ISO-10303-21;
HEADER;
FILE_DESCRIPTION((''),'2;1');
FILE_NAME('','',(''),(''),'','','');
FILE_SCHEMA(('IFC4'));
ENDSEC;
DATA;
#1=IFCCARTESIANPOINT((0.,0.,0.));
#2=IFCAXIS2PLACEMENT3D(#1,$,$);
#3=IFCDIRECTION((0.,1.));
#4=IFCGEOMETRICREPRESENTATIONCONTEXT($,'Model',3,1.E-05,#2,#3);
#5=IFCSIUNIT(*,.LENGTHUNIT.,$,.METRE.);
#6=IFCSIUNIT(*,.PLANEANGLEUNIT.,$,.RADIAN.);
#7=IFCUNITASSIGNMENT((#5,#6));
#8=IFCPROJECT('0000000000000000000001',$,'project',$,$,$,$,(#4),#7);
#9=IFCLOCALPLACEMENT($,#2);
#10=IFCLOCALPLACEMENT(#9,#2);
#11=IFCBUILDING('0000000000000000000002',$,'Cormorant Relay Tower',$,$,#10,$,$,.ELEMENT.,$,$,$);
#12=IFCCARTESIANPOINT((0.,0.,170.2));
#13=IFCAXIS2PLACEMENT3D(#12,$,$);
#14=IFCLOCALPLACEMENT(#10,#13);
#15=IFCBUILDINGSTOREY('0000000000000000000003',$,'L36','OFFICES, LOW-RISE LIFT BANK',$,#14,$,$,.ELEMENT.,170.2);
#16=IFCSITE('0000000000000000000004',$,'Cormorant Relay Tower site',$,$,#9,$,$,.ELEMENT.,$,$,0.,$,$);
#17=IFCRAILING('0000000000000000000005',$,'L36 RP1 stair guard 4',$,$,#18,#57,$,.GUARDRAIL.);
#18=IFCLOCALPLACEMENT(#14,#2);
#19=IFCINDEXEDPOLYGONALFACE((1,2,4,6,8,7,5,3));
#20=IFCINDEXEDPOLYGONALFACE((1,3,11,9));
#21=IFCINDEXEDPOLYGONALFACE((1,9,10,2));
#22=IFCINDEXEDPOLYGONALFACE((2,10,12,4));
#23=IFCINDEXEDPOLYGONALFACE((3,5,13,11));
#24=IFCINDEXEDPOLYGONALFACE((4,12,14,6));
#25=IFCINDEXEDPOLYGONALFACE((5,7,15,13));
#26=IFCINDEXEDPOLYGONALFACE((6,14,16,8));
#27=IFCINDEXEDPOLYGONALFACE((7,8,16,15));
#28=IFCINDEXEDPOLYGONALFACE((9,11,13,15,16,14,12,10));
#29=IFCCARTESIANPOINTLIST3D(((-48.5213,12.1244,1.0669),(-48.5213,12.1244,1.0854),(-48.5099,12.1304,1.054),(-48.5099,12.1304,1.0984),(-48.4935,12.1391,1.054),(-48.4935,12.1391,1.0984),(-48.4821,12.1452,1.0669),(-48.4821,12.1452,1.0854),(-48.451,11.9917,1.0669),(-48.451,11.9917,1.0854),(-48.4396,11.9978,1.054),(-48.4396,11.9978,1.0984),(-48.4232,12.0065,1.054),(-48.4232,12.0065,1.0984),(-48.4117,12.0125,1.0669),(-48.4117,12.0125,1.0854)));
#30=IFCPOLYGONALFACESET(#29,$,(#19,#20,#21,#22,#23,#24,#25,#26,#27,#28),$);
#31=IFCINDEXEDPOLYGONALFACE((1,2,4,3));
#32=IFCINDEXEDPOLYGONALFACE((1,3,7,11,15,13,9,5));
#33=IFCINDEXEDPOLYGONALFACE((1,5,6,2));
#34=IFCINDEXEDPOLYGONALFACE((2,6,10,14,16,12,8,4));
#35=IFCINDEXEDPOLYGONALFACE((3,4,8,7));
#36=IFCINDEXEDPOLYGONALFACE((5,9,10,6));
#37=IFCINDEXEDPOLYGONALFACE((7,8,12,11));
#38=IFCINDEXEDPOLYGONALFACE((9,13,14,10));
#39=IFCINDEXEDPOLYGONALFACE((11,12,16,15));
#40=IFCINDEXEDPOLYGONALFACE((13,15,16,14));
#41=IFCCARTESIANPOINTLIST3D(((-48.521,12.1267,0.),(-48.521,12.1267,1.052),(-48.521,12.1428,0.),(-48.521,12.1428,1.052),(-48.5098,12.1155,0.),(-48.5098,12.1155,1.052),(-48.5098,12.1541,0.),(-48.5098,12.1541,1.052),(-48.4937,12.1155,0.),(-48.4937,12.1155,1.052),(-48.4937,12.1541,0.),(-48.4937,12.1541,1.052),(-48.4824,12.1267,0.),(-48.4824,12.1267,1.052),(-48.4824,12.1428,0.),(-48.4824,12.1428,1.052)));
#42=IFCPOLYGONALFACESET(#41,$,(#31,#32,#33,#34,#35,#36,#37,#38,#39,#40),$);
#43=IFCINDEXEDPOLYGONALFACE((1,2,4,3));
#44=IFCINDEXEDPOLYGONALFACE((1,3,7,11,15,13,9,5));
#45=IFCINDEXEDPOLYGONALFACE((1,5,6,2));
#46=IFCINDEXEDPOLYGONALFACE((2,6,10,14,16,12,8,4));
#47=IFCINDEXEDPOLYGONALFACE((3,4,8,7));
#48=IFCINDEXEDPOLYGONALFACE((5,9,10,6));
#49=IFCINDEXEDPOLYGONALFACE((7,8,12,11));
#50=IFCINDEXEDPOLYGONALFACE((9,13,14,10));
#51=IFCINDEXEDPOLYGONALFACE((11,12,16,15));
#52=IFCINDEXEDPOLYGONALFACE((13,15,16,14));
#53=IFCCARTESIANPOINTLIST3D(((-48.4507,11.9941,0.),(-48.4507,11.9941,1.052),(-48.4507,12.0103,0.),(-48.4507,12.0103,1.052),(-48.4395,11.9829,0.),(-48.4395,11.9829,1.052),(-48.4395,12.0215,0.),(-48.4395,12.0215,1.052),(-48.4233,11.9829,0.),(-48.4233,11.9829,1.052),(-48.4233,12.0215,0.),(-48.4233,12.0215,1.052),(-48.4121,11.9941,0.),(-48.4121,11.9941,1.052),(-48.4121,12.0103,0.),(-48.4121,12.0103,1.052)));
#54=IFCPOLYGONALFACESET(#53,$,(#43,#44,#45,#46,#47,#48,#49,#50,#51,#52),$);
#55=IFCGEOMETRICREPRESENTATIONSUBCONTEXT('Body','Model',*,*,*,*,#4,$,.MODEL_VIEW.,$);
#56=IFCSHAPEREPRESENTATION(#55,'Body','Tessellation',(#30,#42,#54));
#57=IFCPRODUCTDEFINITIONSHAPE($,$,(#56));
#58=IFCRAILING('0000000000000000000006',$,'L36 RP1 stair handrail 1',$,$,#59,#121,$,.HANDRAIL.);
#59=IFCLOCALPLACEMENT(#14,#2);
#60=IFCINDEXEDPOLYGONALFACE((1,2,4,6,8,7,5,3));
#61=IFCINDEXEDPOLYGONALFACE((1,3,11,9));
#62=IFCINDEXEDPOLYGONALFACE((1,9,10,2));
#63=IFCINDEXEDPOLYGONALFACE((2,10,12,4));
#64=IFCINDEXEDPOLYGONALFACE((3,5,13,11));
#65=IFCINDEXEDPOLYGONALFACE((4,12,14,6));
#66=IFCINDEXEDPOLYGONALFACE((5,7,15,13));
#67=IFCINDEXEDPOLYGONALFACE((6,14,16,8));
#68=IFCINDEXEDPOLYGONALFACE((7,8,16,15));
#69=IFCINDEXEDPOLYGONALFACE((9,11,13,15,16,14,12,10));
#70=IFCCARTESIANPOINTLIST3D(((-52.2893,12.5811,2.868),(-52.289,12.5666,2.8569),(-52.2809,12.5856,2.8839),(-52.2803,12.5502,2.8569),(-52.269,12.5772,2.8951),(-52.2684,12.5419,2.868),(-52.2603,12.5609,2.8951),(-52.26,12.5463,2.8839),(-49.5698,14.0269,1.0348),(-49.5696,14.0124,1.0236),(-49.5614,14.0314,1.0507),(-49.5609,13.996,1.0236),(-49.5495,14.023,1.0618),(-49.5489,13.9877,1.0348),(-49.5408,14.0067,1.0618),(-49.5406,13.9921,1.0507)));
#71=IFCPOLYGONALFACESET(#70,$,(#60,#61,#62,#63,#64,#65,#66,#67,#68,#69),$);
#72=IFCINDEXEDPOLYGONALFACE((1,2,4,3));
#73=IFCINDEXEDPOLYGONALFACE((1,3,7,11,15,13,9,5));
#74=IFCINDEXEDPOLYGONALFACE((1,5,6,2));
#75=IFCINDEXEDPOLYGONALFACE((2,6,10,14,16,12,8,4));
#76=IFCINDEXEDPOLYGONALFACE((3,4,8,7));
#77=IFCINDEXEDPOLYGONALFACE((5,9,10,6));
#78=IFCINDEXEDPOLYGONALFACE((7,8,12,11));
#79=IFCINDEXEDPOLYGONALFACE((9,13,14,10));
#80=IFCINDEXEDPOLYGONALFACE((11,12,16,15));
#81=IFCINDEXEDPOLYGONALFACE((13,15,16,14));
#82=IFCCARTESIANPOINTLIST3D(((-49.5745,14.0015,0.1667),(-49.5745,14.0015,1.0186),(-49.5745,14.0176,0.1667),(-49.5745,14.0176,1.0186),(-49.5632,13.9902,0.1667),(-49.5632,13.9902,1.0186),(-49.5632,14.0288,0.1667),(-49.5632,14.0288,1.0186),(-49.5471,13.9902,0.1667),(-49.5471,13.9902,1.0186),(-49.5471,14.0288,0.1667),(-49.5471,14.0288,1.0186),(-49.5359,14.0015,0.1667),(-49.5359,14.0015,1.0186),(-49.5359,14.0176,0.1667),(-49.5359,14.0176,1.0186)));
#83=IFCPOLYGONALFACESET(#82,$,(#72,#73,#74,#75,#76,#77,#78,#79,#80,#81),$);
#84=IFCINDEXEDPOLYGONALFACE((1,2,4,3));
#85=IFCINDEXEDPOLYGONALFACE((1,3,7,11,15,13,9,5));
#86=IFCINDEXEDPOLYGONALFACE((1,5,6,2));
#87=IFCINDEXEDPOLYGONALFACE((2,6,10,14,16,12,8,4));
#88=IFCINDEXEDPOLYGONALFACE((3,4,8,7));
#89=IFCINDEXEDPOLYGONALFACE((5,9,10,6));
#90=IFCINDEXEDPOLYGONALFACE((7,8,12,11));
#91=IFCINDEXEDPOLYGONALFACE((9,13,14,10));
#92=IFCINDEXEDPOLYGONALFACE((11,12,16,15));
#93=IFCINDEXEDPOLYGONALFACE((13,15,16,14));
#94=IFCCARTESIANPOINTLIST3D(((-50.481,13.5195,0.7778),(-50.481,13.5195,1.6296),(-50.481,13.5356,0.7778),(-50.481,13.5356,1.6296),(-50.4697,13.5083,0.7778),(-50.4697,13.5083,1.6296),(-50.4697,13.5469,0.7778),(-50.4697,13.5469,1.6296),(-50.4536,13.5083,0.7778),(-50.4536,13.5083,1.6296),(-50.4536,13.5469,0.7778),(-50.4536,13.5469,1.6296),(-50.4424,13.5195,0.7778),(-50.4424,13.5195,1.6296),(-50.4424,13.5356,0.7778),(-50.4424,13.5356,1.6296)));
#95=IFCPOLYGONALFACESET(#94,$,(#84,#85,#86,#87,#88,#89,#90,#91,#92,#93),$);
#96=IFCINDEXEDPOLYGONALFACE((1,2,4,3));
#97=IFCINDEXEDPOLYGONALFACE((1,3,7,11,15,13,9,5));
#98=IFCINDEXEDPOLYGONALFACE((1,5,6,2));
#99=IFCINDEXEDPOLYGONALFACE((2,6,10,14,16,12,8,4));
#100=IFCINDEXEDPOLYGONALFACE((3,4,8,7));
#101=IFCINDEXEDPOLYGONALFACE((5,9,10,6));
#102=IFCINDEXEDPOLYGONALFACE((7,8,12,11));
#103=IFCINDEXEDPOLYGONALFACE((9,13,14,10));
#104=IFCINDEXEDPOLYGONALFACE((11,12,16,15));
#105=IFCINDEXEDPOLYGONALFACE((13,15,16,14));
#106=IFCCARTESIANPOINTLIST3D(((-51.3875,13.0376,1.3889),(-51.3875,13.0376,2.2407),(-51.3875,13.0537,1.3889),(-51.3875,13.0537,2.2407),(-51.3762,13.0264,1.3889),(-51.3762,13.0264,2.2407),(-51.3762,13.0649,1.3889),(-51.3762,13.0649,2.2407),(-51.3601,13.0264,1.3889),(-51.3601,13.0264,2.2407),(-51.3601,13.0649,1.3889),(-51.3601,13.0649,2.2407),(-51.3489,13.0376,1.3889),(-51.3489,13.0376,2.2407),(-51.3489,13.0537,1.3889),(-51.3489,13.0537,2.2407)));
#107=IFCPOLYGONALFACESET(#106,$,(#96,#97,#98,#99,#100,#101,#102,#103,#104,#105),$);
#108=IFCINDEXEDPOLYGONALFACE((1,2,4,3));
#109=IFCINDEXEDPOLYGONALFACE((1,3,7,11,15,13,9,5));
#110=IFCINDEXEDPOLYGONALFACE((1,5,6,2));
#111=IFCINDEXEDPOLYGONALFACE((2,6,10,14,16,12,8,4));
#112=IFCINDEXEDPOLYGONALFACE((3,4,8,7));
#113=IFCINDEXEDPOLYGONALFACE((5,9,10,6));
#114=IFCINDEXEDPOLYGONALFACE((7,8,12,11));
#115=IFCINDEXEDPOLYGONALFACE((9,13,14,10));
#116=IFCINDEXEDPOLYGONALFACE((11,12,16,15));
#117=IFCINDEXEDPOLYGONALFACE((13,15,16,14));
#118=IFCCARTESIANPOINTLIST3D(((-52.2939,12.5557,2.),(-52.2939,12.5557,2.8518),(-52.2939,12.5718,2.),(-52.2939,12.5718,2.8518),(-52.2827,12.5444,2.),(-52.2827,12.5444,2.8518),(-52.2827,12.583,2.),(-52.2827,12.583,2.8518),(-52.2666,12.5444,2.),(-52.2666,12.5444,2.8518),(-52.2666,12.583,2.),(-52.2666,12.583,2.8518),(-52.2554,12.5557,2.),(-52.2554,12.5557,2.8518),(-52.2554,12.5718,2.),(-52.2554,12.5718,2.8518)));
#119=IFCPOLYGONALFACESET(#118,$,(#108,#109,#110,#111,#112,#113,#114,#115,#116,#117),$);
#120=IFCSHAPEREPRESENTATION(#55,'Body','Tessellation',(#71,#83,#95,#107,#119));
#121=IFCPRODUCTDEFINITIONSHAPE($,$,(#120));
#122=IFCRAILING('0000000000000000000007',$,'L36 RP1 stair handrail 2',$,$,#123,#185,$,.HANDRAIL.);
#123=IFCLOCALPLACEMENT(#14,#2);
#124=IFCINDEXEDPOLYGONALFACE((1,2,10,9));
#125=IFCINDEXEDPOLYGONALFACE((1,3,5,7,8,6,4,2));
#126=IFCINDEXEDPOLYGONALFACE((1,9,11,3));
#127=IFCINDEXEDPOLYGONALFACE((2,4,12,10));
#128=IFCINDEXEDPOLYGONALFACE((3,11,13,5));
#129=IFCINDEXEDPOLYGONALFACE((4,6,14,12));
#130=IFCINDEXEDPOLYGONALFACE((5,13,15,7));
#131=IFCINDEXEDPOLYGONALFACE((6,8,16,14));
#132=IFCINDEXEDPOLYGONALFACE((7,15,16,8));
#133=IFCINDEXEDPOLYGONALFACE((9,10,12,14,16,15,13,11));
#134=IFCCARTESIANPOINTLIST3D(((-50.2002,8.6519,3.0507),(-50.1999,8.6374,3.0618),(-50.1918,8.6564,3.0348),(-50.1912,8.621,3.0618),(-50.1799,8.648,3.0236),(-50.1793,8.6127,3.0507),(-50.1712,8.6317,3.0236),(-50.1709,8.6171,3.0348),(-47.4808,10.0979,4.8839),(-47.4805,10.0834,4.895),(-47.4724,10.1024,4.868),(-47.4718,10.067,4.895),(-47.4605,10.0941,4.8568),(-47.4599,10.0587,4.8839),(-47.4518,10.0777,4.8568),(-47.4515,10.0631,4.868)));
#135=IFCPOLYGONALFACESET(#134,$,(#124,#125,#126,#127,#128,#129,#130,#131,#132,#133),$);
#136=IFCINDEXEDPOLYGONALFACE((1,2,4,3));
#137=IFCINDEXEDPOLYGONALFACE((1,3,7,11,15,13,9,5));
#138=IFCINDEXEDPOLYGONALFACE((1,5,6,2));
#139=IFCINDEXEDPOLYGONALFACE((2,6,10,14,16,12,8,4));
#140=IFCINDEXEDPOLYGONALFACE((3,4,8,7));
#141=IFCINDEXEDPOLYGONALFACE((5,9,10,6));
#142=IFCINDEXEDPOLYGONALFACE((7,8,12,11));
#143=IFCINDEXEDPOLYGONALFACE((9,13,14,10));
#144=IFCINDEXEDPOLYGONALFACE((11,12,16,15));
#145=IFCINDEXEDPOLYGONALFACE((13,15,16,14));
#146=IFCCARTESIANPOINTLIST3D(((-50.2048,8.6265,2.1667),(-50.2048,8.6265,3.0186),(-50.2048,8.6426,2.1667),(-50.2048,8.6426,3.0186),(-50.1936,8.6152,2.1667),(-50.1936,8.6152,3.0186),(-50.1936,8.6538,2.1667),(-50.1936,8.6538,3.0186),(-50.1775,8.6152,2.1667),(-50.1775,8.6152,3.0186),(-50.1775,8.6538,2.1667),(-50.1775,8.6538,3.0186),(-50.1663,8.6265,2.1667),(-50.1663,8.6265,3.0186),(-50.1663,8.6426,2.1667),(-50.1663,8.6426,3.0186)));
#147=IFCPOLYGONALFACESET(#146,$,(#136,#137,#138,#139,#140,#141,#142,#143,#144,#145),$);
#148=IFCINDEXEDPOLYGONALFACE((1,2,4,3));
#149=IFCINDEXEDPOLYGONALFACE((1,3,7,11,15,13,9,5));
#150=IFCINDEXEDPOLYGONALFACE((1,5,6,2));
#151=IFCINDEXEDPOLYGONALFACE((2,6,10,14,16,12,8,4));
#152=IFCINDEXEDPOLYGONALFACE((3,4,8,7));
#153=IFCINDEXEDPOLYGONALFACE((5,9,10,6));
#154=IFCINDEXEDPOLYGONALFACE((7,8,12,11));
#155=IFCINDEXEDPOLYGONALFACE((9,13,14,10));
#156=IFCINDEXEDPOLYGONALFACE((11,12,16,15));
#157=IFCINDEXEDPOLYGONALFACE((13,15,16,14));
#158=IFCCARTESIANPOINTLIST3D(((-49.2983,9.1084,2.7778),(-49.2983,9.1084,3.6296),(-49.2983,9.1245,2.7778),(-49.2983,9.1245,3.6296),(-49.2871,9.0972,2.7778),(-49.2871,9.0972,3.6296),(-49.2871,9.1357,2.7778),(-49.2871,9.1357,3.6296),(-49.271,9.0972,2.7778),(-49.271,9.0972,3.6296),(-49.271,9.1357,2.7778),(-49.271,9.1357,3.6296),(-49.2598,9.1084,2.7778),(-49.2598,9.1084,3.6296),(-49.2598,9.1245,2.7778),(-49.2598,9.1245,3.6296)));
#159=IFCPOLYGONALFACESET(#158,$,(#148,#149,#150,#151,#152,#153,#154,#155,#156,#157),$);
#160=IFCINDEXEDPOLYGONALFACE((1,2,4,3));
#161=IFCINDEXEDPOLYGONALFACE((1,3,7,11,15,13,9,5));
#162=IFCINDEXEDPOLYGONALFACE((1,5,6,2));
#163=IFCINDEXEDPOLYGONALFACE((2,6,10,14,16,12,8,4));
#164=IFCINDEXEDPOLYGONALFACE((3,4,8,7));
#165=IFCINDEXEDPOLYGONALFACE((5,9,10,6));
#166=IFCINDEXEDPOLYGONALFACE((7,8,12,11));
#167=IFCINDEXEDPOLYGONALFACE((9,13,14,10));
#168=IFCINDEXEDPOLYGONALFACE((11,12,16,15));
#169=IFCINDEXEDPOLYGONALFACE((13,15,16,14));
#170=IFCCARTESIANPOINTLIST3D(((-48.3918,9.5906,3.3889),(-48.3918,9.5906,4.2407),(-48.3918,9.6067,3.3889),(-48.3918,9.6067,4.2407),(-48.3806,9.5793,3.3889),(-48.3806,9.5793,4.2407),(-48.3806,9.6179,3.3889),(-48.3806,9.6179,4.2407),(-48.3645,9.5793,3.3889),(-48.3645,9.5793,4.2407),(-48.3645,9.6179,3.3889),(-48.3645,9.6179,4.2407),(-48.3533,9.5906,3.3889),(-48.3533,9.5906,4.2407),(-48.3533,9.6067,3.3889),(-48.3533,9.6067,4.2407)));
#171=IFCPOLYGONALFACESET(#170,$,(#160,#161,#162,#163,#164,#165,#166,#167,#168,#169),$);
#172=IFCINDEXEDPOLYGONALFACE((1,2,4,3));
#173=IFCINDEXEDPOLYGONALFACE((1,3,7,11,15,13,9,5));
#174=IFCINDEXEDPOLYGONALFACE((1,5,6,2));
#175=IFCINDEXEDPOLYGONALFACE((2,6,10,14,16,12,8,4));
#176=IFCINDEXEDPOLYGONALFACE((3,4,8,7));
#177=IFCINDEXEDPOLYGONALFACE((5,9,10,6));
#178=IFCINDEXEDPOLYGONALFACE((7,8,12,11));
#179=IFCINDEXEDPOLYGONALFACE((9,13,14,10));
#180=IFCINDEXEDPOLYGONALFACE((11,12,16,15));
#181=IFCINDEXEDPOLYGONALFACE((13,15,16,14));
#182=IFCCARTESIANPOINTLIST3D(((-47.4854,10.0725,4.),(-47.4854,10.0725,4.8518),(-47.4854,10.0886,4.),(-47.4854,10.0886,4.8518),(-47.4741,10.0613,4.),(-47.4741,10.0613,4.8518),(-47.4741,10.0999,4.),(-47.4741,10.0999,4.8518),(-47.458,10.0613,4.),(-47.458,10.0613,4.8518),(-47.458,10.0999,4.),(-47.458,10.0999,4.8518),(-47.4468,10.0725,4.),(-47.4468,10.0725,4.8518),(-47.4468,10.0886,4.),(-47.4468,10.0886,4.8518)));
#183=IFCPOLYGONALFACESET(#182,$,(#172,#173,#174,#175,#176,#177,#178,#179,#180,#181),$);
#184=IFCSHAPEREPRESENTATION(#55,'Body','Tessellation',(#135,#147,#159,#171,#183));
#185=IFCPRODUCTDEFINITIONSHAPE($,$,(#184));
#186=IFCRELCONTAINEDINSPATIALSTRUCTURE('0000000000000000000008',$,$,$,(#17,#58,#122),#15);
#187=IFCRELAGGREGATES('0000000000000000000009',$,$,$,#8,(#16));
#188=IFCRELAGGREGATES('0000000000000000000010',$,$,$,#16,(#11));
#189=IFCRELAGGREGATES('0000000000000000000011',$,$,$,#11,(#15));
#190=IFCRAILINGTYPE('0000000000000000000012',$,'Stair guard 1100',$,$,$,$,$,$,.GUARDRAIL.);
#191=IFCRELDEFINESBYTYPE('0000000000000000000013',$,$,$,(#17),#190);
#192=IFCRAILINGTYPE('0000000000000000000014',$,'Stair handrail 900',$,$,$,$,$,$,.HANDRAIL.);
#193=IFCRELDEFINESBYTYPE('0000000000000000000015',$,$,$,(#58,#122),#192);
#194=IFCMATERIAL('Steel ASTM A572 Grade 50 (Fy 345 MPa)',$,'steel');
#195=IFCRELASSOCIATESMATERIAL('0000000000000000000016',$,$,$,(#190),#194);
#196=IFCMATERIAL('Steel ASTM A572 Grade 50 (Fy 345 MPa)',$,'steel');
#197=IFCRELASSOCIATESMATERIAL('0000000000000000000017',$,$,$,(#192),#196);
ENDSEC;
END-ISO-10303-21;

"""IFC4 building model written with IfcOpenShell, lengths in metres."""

from ifc_helpers import new_model, si_unit, direction, frame, origin, place, context, subcontext, project, spatial, polyline, outline, extrude, material, type_object, element, save


model = new_model("IFC4")

# Units and contexts
model_context = context("Model", 3, precision=1e-05, world=origin(), true_north=direction((0.0, 1.0)))
body_context = subcontext(model_context, "Body", "Model", "MODEL_VIEW")
ifc_project = project(units=[si_unit("LENGTHUNIT", "METRE"), si_unit("PLANEANGLEUNIT", "RADIAN")], contexts=[model_context])

# Site, building, storey
site_placement = place(None, origin())
site = spatial("IfcSite", under=ifc_project, at=site_placement, Name="Cormorant Relay Tower site", CompositionType="ELEMENT", RefElevation=0.0)
building_placement = place(site_placement, origin())
building = spatial("IfcBuilding", under=site, at=building_placement, Name="Cormorant Relay Tower", CompositionType="ELEMENT")
storey_placement = place(building_placement, frame((0.0, 0.0, 170.2)))
storey = spatial("IfcBuildingStorey", under=building, at=storey_placement, Name="L36", Description="OFFICES, LOW-RISE LIFT BANK", CompositionType="ELEMENT", Elevation=170.2)

# Railings
ifc_material_1 = material(Name="Steel ASTM A572 Grade 50 (Fy 345 MPa)", Category="steel")
railing_type_1 = type_object("IfcRailingType", Name="Stair guard 1100", PredefinedType="GUARDRAIL", material=ifc_material_1)
railing_1_placement = place(storey_placement, frame((-48.5017, 12.1348, 0.0)))
element("IfcRailing", 1, at=railing_1_placement, inside=storey, type_object=railing_type_1, Name="L36 RP1 stair guard 4", PredefinedType="GUARDRAIL", context=body_context, shape_type="SweptSolid", body=[
    extrude(outline(polyline([(0.0222, 0.0093), (0.0093, 0.0222), (-0.0093, 0.0222), (-0.0222, 0.0093), (-0.0222, -0.0093), (-0.0093, -0.0222), (0.0093, -0.0222), (0.0222, -0.0093), (0.0222, 0.0093)])), frame((0.0, 0.0, 1.0762), z_axis=(0.46856, -0.883431, 0.0), x_axis=(0.883431, 0.46856, 0.0)), (0.0, 0.0, 1.0), 0.1501),
    extrude(outline(polyline([(0.0193, 0.0081), (0.0081, 0.0193), (-0.0081, 0.0193), (-0.0193, 0.0081), (-0.0193, -0.0081), (-0.0081, -0.0193), (0.0081, -0.0193), (0.0193, -0.0081), (0.0193, 0.0081)])), origin(), (0.0, 0.0, 1.0), 1.052),
    extrude(outline(polyline([(0.0193, 0.0081), (0.0081, 0.0193), (-0.0081, 0.0193), (-0.0193, 0.0081), (-0.0193, -0.0081), (-0.0081, -0.0193), (0.0081, -0.0193), (0.0193, -0.0081), (0.0193, 0.0081)])), frame((0.0703, -0.1326, 0.0)), (0.0, 0.0, 1.0), 1.052),
])
ifc_material_2 = material(Name="Steel ASTM A572 Grade 50 (Fy 345 MPa)", Category="steel")
railing_type_2 = type_object("IfcRailingType", Name="Stair handrail 900", PredefinedType="HANDRAIL", material=ifc_material_2)
railing_2_placement = place(storey_placement, frame((-49.5552, 14.0095, 0.1667)))
element("IfcRailing", 2, at=railing_2_placement, inside=storey, type_object=railing_type_2, Name="L36 RP1 stair handrail 1", PredefinedType="HANDRAIL", context=body_context, shape_type="SweptSolid", body=[
    extrude(outline(polyline([(0.0222, 0.0093), (0.0093, 0.0222), (-0.0093, 0.0222), (-0.0222, 0.0093), (-0.0222, -0.0093), (-0.0093, -0.0222), (0.0093, -0.0222), (0.0222, -0.0093), (0.0222, 0.0093)])), frame((0.0, 0.0, 0.876), z_axis=(-0.758735, -0.403378, 0.511477), x_axis=(0.469428, -0.882971, 0.0)), (0.0, 0.0, 1.0), 3.5842),
    extrude(outline(polyline([(0.0193, 0.0081), (0.0081, 0.0193), (-0.0081, 0.0193), (-0.0193, 0.0081), (-0.0193, -0.0081), (-0.0081, -0.0193), (0.0081, -0.0193), (0.0193, -0.0081), (0.0193, 0.0081)])), origin(), (0.0, 0.0, 1.0), 0.8518),
    extrude(outline(polyline([(0.0193, 0.0081), (0.0081, 0.0193), (-0.0081, 0.0193), (-0.0193, 0.0081), (-0.0193, -0.0081), (-0.0081, -0.0193), (0.0081, -0.0193), (0.0193, -0.0081), (0.0193, 0.0081)])), frame((-0.9065, -0.4819, 0.6111)), (0.0, 0.0, 1.0), 0.8518),
    extrude(outline(polyline([(0.0193, 0.0081), (0.0081, 0.0193), (-0.0081, 0.0193), (-0.0193, 0.0081), (-0.0193, -0.0081), (-0.0081, -0.0193), (0.0081, -0.0193), (0.0193, -0.0081), (0.0193, 0.0081)])), frame((-1.813, -0.9639, 1.2222)), (0.0, 0.0, 1.0), 0.8518),
    extrude(outline(polyline([(0.0193, 0.0081), (0.0081, 0.0193), (-0.0081, 0.0193), (-0.0193, 0.0081), (-0.0193, -0.0081), (-0.0081, -0.0193), (0.0081, -0.0193), (0.0193, -0.0081), (0.0193, 0.0081)])), frame((-2.7195, -1.4458, 1.8333)), (0.0, 0.0, 1.0), 0.8518),
])
railing_3_placement = place(storey_placement, frame((-50.1855, 8.6345, 2.1667)))
element("IfcRailing", 3, at=railing_3_placement, inside=storey, type_object=railing_type_2, Name="L36 RP1 stair handrail 2", PredefinedType="HANDRAIL", context=body_context, shape_type="SweptSolid", body=[
    extrude(outline(polyline([(0.0222, 0.0093), (0.0093, 0.0222), (-0.0093, 0.0222), (-0.0222, 0.0093), (-0.0222, -0.0093), (-0.0093, -0.0222), (0.0093, -0.0222), (0.0222, -0.0093), (0.0222, 0.0093)])), frame((0.0, 0.0, 0.876), z_axis=(0.758714, 0.403435, 0.511463), x_axis=(-0.469489, 0.882938, 0.0)), (0.0, 0.0, 1.0), 3.5842),
    extrude(outline(polyline([(0.0193, 0.0081), (0.0081, 0.0193), (-0.0081, 0.0193), (-0.0193, 0.0081), (-0.0193, -0.0081), (-0.0081, -0.0193), (0.0081, -0.0193), (0.0193, -0.0081), (0.0193, 0.0081)])), origin(), (0.0, 0.0, 1.0), 0.8518),
    extrude(outline(polyline([(0.0193, 0.0081), (0.0081, 0.0193), (-0.0081, 0.0193), (-0.0193, 0.0081), (-0.0193, -0.0081), (-0.0081, -0.0193), (0.0081, -0.0193), (0.0193, -0.0081), (0.0193, 0.0081)])), frame((0.9065, 0.4819, 0.6111)), (0.0, 0.0, 1.0), 0.8518),
    extrude(outline(polyline([(0.0193, 0.0081), (0.0081, 0.0193), (-0.0081, 0.0193), (-0.0193, 0.0081), (-0.0193, -0.0081), (-0.0081, -0.0193), (0.0081, -0.0193), (0.0193, -0.0081), (0.0193, 0.0081)])), frame((1.813, 0.9641, 1.2222)), (0.0, 0.0, 1.0), 0.8518),
    extrude(outline(polyline([(0.0193, 0.0081), (0.0081, 0.0193), (-0.0081, 0.0193), (-0.0193, 0.0081), (-0.0193, -0.0081), (-0.0081, -0.0193), (0.0081, -0.0193), (0.0193, -0.0081), (0.0193, 0.0081)])), frame((2.7195, 1.446, 1.8333)), (0.0, 0.0, 1.0), 0.8518),
])

save(model, "model.ifc")
